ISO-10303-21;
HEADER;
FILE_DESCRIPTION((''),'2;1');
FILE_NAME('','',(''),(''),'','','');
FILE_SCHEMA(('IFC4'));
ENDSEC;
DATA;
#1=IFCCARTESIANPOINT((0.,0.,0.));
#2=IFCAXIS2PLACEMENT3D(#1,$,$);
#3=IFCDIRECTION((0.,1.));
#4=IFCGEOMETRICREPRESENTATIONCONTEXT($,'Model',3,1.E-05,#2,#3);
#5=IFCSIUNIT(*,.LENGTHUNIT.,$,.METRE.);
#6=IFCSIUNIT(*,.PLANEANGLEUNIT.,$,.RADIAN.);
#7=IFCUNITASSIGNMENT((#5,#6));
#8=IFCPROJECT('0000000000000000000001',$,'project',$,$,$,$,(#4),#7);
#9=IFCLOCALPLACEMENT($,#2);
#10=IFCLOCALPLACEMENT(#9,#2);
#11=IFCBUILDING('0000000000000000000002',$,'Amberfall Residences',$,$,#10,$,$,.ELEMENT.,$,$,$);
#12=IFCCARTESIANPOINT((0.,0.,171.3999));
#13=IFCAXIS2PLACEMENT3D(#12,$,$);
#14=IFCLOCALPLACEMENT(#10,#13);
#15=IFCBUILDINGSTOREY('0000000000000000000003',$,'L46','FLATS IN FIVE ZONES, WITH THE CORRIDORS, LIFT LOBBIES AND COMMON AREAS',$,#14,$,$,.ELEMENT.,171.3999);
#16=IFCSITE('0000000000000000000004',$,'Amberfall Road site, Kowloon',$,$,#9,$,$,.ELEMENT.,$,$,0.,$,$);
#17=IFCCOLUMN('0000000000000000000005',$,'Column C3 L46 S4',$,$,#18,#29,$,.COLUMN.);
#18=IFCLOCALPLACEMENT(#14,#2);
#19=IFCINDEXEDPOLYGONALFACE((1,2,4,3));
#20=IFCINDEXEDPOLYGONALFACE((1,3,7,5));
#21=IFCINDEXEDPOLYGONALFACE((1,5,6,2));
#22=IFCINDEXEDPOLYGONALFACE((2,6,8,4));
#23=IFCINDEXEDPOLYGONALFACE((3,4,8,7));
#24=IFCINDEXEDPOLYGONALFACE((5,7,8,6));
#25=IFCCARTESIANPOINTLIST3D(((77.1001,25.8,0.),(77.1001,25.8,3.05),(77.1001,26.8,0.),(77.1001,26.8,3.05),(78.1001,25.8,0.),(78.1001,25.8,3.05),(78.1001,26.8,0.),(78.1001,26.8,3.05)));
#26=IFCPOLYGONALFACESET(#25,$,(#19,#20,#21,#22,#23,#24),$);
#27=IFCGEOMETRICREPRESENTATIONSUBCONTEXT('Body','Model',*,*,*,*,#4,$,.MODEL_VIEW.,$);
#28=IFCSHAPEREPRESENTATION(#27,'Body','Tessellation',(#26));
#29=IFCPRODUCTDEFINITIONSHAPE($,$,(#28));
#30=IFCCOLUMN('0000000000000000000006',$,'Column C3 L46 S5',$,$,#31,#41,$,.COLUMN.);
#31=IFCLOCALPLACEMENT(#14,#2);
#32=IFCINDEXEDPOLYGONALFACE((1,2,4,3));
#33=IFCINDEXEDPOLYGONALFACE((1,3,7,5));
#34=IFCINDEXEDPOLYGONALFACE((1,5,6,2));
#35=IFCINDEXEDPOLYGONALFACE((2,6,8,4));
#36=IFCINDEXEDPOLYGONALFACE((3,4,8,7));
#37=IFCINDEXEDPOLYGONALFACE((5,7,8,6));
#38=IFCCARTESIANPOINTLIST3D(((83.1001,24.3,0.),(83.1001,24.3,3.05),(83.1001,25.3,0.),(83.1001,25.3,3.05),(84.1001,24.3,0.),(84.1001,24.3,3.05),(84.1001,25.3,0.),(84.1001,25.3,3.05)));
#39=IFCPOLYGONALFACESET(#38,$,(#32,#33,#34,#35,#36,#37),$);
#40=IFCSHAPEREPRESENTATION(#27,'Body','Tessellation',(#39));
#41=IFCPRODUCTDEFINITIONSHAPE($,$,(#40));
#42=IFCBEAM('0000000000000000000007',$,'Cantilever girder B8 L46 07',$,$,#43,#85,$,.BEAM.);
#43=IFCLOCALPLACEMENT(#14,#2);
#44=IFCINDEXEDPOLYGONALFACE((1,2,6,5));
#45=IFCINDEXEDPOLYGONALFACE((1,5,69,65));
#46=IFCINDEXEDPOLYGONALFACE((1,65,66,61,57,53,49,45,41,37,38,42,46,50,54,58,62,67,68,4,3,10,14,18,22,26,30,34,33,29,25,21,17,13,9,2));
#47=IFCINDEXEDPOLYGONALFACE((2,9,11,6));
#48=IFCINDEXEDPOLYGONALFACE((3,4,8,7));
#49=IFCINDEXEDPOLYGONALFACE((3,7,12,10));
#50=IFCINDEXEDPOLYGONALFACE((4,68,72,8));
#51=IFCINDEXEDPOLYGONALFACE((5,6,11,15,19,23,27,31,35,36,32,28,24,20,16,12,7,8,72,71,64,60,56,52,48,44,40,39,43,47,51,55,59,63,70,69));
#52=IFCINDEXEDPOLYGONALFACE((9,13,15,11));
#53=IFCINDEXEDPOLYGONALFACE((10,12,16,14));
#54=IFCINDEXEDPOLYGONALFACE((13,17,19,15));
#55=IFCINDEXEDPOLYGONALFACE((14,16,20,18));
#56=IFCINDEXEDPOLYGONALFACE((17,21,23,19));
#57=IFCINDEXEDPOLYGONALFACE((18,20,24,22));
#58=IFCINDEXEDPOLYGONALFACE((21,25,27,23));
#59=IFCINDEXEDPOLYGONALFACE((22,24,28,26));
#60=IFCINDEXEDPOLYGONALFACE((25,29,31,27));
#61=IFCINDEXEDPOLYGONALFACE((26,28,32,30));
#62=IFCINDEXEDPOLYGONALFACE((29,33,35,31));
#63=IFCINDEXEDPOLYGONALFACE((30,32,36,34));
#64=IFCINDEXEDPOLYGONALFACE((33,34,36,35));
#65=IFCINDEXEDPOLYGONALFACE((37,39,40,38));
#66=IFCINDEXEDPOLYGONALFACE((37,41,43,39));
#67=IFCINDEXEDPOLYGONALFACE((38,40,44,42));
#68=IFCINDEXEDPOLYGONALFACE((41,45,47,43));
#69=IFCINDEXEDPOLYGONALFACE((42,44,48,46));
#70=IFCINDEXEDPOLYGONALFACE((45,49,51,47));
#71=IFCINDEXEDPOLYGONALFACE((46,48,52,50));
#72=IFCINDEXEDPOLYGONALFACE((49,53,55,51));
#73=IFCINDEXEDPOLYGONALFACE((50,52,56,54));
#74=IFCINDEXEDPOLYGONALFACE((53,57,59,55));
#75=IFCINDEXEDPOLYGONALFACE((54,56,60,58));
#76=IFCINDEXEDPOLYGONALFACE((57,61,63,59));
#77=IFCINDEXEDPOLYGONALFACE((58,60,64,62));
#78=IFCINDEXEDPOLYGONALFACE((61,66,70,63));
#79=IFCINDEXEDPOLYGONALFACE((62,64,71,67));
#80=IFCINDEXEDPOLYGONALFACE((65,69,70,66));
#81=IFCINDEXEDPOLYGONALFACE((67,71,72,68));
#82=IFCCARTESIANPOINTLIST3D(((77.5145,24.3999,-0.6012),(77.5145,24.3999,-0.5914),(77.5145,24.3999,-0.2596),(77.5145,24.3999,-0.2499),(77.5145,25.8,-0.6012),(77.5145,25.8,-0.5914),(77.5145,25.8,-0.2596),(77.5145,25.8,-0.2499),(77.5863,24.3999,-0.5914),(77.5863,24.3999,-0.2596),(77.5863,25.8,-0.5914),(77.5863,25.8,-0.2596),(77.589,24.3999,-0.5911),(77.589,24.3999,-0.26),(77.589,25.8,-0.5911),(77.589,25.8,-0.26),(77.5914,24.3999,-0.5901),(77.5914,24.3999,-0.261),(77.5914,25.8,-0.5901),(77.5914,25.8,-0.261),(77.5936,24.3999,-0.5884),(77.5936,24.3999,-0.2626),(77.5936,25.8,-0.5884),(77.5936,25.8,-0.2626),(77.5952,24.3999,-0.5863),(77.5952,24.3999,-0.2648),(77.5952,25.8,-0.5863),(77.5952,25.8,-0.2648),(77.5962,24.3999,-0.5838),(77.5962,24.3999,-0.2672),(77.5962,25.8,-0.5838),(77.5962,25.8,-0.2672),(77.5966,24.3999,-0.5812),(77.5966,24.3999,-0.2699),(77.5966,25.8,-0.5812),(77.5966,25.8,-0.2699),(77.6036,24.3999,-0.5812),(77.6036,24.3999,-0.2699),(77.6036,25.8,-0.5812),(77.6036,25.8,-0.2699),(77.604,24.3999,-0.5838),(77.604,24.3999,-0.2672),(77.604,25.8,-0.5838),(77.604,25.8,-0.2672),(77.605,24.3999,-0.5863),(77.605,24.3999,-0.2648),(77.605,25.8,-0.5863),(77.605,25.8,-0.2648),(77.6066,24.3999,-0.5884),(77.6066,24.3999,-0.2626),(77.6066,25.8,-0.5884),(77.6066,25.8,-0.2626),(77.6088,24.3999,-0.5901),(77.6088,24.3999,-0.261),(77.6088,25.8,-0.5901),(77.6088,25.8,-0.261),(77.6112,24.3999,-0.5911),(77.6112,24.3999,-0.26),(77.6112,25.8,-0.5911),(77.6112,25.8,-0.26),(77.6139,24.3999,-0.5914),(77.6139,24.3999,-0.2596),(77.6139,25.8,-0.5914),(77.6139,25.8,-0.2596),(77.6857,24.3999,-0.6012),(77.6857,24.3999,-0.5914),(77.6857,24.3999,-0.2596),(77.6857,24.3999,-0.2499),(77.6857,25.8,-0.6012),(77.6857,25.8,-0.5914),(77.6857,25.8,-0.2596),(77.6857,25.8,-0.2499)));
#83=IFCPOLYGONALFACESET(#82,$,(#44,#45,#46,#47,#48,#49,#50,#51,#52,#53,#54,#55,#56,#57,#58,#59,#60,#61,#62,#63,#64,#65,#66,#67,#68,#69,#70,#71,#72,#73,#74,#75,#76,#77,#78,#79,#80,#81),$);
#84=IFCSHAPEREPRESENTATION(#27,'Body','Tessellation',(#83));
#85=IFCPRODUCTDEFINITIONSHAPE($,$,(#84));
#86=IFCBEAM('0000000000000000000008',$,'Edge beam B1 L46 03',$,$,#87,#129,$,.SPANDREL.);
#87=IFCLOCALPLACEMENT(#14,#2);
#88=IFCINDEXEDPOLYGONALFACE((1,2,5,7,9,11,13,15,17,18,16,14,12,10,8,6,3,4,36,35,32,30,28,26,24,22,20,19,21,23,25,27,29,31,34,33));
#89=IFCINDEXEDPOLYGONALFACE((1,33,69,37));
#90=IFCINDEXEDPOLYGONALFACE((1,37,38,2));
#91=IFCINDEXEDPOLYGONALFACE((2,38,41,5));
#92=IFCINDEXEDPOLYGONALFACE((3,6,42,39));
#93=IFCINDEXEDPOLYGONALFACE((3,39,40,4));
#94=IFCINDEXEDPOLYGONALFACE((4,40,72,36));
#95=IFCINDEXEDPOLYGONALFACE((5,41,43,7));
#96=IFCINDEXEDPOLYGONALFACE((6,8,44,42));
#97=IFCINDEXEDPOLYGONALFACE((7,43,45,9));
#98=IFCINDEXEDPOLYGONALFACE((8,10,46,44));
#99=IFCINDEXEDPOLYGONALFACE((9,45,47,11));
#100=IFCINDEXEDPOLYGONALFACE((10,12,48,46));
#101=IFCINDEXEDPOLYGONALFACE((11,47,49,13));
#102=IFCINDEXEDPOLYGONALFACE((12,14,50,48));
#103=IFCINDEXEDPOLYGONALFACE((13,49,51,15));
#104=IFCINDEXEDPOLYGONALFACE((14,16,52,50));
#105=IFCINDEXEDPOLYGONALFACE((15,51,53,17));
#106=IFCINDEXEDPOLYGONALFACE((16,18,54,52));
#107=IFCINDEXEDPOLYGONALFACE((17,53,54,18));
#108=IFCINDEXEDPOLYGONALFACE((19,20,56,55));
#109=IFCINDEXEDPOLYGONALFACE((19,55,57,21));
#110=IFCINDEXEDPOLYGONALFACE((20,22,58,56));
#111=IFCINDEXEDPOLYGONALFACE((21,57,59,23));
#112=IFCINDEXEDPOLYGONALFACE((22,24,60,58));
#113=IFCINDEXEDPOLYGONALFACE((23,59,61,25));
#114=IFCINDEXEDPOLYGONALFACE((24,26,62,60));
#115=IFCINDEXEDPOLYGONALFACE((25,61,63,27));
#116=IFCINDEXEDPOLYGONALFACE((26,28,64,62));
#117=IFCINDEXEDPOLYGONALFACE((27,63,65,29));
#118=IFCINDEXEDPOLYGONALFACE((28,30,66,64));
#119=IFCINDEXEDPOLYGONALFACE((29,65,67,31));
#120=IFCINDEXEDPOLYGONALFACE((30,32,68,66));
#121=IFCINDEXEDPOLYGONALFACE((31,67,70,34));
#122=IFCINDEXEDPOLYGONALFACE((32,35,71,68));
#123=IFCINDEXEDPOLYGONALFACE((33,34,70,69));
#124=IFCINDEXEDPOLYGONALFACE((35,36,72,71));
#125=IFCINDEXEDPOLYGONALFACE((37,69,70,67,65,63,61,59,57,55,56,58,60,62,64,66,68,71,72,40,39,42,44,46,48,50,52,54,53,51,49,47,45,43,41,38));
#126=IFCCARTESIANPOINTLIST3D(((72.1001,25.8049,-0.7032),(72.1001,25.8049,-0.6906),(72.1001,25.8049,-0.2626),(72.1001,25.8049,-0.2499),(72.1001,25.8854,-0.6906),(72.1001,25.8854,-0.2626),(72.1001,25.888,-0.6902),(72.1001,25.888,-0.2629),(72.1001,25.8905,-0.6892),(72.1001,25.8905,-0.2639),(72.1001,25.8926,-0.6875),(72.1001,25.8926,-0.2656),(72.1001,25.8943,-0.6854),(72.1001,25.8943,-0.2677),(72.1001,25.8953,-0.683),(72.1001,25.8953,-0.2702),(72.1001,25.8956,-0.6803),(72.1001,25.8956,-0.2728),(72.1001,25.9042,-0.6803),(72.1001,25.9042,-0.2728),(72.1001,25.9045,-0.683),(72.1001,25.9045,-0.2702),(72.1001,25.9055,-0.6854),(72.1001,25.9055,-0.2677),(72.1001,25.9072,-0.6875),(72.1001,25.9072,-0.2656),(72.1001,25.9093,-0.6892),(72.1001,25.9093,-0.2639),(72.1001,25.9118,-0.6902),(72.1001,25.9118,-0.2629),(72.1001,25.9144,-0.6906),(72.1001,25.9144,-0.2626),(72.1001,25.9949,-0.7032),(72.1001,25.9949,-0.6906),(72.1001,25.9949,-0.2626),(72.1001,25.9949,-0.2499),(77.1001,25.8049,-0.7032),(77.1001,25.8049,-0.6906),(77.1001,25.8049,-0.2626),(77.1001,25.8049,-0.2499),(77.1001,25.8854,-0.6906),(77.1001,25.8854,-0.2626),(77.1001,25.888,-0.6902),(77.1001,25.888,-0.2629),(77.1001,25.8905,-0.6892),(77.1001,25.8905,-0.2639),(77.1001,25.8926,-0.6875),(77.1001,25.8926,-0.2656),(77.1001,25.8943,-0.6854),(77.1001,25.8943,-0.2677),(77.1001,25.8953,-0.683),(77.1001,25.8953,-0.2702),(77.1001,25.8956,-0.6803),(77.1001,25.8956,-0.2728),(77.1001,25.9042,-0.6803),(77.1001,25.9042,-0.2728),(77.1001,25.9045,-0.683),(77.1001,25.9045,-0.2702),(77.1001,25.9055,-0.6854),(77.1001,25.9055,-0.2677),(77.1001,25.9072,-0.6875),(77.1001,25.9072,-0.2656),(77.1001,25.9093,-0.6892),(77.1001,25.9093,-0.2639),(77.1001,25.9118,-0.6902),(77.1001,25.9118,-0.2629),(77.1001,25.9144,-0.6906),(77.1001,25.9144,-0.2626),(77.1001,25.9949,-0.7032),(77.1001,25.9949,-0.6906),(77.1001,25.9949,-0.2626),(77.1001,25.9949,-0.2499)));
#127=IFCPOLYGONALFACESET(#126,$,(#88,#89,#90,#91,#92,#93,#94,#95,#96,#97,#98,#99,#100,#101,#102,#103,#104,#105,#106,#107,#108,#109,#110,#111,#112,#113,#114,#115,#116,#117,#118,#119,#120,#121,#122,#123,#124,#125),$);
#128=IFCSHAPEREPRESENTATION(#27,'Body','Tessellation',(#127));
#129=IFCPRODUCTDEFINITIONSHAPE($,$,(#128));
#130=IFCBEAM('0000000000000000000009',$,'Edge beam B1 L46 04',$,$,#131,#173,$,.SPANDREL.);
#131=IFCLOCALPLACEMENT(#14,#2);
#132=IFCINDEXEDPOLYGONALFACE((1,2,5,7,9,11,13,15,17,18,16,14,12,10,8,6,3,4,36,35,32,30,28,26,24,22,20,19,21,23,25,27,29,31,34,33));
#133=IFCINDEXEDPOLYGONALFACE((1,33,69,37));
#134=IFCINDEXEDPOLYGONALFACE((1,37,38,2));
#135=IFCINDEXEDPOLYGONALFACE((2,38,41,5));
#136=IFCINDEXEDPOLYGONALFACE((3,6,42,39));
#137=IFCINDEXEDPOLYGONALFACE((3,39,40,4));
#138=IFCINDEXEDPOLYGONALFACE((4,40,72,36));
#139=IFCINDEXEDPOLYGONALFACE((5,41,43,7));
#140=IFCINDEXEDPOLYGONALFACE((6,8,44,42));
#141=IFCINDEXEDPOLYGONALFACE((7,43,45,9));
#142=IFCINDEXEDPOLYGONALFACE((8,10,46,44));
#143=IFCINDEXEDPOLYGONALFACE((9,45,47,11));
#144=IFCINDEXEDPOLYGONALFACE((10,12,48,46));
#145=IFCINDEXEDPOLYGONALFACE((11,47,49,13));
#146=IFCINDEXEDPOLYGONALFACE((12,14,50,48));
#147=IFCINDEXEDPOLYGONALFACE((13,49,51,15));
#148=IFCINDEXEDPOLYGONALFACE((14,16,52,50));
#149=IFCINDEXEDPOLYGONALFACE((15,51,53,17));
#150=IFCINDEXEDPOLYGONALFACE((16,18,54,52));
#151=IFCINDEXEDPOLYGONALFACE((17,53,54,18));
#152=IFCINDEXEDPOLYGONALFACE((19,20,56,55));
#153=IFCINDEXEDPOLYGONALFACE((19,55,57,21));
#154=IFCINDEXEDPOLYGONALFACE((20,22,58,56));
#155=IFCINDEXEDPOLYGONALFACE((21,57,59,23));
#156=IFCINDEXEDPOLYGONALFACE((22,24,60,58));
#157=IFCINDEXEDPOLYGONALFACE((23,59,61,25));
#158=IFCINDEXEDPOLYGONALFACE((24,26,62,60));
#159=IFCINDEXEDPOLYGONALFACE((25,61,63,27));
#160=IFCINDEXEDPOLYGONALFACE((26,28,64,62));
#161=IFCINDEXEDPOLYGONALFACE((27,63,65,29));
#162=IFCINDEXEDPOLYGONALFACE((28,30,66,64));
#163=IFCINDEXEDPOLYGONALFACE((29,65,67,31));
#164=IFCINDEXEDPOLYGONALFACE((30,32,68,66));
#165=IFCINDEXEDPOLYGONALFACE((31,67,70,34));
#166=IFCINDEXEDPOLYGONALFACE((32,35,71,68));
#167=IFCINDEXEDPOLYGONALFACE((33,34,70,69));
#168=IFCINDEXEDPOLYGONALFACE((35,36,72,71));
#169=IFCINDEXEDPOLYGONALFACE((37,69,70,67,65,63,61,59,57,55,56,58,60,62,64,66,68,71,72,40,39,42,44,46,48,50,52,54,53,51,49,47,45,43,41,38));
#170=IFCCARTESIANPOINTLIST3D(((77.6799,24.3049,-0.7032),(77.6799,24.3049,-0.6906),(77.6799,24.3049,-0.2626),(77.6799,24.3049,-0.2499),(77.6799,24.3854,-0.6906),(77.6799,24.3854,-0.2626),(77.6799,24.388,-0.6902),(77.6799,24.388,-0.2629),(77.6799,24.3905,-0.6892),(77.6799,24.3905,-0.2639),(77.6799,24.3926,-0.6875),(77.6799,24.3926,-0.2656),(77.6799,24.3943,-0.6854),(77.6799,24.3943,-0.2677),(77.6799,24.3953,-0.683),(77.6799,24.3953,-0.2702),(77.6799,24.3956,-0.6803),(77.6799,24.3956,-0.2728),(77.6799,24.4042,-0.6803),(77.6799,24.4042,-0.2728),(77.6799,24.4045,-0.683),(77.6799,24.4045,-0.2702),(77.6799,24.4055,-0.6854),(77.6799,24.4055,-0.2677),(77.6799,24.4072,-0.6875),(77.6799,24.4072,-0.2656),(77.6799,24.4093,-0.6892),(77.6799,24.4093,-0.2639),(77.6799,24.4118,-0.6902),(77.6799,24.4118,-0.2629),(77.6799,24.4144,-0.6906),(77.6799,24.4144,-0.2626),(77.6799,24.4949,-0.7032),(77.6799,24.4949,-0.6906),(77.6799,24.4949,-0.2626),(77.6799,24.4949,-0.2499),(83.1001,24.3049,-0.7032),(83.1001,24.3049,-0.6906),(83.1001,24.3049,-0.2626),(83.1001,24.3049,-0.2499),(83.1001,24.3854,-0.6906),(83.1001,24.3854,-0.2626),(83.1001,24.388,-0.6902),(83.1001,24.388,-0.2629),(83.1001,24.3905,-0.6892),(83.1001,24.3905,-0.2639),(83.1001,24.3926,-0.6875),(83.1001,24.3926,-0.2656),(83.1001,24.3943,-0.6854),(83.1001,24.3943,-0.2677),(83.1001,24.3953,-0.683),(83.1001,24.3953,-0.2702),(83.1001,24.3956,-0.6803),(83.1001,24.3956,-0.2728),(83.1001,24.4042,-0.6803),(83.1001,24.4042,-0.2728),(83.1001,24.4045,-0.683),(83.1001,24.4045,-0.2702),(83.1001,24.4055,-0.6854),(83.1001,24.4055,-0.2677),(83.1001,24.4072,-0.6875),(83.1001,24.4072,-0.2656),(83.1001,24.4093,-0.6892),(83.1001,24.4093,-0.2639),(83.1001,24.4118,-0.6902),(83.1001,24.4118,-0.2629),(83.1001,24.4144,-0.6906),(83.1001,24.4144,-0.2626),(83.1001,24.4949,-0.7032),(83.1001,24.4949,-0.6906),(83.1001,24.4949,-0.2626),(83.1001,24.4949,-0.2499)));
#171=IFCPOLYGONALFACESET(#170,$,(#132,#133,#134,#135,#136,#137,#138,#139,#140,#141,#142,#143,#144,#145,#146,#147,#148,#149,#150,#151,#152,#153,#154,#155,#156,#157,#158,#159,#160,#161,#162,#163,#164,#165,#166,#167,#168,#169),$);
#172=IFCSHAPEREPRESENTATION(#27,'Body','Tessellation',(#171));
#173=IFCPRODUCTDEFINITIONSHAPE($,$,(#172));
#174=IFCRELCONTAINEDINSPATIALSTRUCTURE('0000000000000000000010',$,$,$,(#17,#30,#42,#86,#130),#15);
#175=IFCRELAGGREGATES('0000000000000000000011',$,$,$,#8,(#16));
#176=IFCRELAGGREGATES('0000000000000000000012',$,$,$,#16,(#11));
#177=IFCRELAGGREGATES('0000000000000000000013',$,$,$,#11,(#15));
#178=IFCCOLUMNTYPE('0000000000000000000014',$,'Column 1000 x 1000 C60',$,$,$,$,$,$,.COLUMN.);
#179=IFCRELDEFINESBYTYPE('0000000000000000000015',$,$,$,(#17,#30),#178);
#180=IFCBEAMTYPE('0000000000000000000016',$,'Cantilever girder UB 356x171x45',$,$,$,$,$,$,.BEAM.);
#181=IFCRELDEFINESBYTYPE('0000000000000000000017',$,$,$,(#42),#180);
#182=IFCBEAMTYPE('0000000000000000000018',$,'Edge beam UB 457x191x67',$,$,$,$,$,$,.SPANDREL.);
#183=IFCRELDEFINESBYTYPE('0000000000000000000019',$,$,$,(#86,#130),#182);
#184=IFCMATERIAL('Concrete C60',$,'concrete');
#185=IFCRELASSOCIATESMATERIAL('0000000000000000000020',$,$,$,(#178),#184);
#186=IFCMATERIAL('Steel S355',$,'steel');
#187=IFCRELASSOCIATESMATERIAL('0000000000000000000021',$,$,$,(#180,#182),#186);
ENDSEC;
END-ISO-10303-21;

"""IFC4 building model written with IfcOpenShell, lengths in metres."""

from ifc_helpers import new_model, si_unit, direction, frame, origin, origin_2d, place, context, subcontext, project, spatial, rectangle, i_section, extrude, material, material_profile, profile_set, type_object, element, save


model = new_model("IFC4")

# Units and contexts
model_context = context("Model", 3, precision=1e-05, world=origin(), true_north=direction((0.0, 1.0)))
body_context = subcontext(model_context, "Body", "Model", "MODEL_VIEW")
ifc_project = project(units=[si_unit("LENGTHUNIT", "METRE"), si_unit("PLANEANGLEUNIT", "RADIAN")], contexts=[model_context])

# Site, building, storey
site_placement = place(None, origin())
site = spatial("IfcSite", under=ifc_project, at=site_placement, Name="Amberfall Road site, Kowloon", CompositionType="ELEMENT", RefElevation=0.0)
building_placement = place(site_placement, origin())
building = spatial("IfcBuilding", under=site, at=building_placement, Name="Amberfall Residences", CompositionType="ELEMENT")
storey_placement = place(building_placement, frame((0.0, 0.0, 171.3999)))
storey = spatial("IfcBuildingStorey", under=building, at=storey_placement, Name="L46", Description="FLATS IN FIVE ZONES, WITH THE CORRIDORS, LIFT LOBBIES AND COMMON AREAS", CompositionType="ELEMENT", Elevation=171.3999)

# Columns
ifc_material_1 = material(Name="Concrete C60", Category="concrete")
ifc_material_profile_1 = material_profile(ifc_material_1, rectangle(XDim=1.0, YDim=1.0, at=origin_2d()), Name="Column 1000 x 1000 C60")
ifc_profile_set_1 = profile_set([ifc_material_profile_1], Name="Concrete C60")
column_type = type_object("IfcColumnType", Name="Column 1000 x 1000 C60", PredefinedType="COLUMN", material=ifc_profile_set_1)
for number, where, z_axis, x_axis, name in (
    (1, (77.6001, 26.3, 0.0), (0.0, 0.0, 1.0), (1.0, 0.0, 0.0), "Column C3 L46 S4"),
    (2, (83.6001, 24.8, 0.0), (0.0, 0.0, 1.0), (1.0, 0.0, 0.0), "Column C3 L46 S5"),
):
    element("IfcColumn", number, at=place(storey_placement, frame(where, z_axis=z_axis, x_axis=x_axis)), inside=storey, type_object=column_type, Name=name, PredefinedType="COLUMN", context=body_context, shape_type="SweptSolid", body=[
        extrude(rectangle(XDim=1.0, YDim=1.0, at=origin_2d()), origin(), (0.0, 0.0, 1.0), 3.05),
    ])

# Beams
ifc_material_2 = material(Name="Steel S355", Category="steel")
ifc_material_profile_2 = material_profile(ifc_material_2, i_section(OverallWidth=0.1711, OverallDepth=0.3513, WebThickness=0.0071, FlangeThickness=0.0098, FilletRadius=0.0103, at=origin_2d()), Name="UB 356x171x45")
ifc_profile_set_2 = profile_set([ifc_material_profile_2], Name="Steel S355")
beam_type_1 = type_object("IfcBeamType", Name="Cantilever girder UB 356x171x45", PredefinedType="BEAM", material=ifc_profile_set_2)
beam_1_placement = place(storey_placement, frame((77.6001, 25.8, -0.4255), z_axis=(0.0, -1.0, 0.0), x_axis=(1.0, 0.0, 0.0)))
element("IfcBeam", 3, at=beam_1_placement, inside=storey, type_object=beam_type_1, Name="Cantilever girder B8 L46 07", PredefinedType="BEAM", context=body_context, shape_type="SweptSolid", body=[
    extrude(i_section(OverallWidth=0.1711, OverallDepth=0.3513, WebThickness=0.0071, FlangeThickness=0.0098, FilletRadius=0.0103, at=origin_2d()), origin(), (0.0, 0.0, 1.0), 1.4001),
])
ifc_material_profile_3 = material_profile(ifc_material_2, i_section(OverallWidth=0.1899, OverallDepth=0.4534, WebThickness=0.0085, FlangeThickness=0.0127, FilletRadius=0.0103, at=origin_2d()), Name="UB 457x191x67")
ifc_profile_set_3 = profile_set([ifc_material_profile_3], Name="Steel S355")
beam_type_2 = type_object("IfcBeamType", Name="Edge beam UB 457x191x67", PredefinedType="SPANDREL", material=ifc_profile_set_3)
beam_2_placement = place(storey_placement, frame((72.1001, 25.8999, -0.4766), z_axis=(1.0, 0.0, 0.0), x_axis=(0.0, 1.0, 0.0)))
element("IfcBeam", 4, at=beam_2_placement, inside=storey, type_object=beam_type_2, Name="Edge beam B1 L46 03", PredefinedType="SPANDREL", context=body_context, shape_type="SweptSolid", body=[
    extrude(i_section(OverallWidth=0.1899, OverallDepth=0.4534, WebThickness=0.0085, FlangeThickness=0.0127, FilletRadius=0.0103, at=origin_2d()), origin(), (0.0, 0.0, 1.0), 5.0),
])
beam_3_placement = place(storey_placement, frame((77.6799, 24.3999, -0.4766), z_axis=(1.0, 0.0, 0.0), x_axis=(0.0, 1.0, 0.0)))
element("IfcBeam", 5, at=beam_3_placement, inside=storey, type_object=beam_type_2, Name="Edge beam B1 L46 04", PredefinedType="SPANDREL", context=body_context, shape_type="SweptSolid", body=[
    extrude(i_section(OverallWidth=0.1899, OverallDepth=0.4534, WebThickness=0.0085, FlangeThickness=0.0127, FilletRadius=0.0103, at=origin_2d()), origin(), (0.0, 0.0, 1.0), 5.4202),
])

save(model, "model.ifc")
